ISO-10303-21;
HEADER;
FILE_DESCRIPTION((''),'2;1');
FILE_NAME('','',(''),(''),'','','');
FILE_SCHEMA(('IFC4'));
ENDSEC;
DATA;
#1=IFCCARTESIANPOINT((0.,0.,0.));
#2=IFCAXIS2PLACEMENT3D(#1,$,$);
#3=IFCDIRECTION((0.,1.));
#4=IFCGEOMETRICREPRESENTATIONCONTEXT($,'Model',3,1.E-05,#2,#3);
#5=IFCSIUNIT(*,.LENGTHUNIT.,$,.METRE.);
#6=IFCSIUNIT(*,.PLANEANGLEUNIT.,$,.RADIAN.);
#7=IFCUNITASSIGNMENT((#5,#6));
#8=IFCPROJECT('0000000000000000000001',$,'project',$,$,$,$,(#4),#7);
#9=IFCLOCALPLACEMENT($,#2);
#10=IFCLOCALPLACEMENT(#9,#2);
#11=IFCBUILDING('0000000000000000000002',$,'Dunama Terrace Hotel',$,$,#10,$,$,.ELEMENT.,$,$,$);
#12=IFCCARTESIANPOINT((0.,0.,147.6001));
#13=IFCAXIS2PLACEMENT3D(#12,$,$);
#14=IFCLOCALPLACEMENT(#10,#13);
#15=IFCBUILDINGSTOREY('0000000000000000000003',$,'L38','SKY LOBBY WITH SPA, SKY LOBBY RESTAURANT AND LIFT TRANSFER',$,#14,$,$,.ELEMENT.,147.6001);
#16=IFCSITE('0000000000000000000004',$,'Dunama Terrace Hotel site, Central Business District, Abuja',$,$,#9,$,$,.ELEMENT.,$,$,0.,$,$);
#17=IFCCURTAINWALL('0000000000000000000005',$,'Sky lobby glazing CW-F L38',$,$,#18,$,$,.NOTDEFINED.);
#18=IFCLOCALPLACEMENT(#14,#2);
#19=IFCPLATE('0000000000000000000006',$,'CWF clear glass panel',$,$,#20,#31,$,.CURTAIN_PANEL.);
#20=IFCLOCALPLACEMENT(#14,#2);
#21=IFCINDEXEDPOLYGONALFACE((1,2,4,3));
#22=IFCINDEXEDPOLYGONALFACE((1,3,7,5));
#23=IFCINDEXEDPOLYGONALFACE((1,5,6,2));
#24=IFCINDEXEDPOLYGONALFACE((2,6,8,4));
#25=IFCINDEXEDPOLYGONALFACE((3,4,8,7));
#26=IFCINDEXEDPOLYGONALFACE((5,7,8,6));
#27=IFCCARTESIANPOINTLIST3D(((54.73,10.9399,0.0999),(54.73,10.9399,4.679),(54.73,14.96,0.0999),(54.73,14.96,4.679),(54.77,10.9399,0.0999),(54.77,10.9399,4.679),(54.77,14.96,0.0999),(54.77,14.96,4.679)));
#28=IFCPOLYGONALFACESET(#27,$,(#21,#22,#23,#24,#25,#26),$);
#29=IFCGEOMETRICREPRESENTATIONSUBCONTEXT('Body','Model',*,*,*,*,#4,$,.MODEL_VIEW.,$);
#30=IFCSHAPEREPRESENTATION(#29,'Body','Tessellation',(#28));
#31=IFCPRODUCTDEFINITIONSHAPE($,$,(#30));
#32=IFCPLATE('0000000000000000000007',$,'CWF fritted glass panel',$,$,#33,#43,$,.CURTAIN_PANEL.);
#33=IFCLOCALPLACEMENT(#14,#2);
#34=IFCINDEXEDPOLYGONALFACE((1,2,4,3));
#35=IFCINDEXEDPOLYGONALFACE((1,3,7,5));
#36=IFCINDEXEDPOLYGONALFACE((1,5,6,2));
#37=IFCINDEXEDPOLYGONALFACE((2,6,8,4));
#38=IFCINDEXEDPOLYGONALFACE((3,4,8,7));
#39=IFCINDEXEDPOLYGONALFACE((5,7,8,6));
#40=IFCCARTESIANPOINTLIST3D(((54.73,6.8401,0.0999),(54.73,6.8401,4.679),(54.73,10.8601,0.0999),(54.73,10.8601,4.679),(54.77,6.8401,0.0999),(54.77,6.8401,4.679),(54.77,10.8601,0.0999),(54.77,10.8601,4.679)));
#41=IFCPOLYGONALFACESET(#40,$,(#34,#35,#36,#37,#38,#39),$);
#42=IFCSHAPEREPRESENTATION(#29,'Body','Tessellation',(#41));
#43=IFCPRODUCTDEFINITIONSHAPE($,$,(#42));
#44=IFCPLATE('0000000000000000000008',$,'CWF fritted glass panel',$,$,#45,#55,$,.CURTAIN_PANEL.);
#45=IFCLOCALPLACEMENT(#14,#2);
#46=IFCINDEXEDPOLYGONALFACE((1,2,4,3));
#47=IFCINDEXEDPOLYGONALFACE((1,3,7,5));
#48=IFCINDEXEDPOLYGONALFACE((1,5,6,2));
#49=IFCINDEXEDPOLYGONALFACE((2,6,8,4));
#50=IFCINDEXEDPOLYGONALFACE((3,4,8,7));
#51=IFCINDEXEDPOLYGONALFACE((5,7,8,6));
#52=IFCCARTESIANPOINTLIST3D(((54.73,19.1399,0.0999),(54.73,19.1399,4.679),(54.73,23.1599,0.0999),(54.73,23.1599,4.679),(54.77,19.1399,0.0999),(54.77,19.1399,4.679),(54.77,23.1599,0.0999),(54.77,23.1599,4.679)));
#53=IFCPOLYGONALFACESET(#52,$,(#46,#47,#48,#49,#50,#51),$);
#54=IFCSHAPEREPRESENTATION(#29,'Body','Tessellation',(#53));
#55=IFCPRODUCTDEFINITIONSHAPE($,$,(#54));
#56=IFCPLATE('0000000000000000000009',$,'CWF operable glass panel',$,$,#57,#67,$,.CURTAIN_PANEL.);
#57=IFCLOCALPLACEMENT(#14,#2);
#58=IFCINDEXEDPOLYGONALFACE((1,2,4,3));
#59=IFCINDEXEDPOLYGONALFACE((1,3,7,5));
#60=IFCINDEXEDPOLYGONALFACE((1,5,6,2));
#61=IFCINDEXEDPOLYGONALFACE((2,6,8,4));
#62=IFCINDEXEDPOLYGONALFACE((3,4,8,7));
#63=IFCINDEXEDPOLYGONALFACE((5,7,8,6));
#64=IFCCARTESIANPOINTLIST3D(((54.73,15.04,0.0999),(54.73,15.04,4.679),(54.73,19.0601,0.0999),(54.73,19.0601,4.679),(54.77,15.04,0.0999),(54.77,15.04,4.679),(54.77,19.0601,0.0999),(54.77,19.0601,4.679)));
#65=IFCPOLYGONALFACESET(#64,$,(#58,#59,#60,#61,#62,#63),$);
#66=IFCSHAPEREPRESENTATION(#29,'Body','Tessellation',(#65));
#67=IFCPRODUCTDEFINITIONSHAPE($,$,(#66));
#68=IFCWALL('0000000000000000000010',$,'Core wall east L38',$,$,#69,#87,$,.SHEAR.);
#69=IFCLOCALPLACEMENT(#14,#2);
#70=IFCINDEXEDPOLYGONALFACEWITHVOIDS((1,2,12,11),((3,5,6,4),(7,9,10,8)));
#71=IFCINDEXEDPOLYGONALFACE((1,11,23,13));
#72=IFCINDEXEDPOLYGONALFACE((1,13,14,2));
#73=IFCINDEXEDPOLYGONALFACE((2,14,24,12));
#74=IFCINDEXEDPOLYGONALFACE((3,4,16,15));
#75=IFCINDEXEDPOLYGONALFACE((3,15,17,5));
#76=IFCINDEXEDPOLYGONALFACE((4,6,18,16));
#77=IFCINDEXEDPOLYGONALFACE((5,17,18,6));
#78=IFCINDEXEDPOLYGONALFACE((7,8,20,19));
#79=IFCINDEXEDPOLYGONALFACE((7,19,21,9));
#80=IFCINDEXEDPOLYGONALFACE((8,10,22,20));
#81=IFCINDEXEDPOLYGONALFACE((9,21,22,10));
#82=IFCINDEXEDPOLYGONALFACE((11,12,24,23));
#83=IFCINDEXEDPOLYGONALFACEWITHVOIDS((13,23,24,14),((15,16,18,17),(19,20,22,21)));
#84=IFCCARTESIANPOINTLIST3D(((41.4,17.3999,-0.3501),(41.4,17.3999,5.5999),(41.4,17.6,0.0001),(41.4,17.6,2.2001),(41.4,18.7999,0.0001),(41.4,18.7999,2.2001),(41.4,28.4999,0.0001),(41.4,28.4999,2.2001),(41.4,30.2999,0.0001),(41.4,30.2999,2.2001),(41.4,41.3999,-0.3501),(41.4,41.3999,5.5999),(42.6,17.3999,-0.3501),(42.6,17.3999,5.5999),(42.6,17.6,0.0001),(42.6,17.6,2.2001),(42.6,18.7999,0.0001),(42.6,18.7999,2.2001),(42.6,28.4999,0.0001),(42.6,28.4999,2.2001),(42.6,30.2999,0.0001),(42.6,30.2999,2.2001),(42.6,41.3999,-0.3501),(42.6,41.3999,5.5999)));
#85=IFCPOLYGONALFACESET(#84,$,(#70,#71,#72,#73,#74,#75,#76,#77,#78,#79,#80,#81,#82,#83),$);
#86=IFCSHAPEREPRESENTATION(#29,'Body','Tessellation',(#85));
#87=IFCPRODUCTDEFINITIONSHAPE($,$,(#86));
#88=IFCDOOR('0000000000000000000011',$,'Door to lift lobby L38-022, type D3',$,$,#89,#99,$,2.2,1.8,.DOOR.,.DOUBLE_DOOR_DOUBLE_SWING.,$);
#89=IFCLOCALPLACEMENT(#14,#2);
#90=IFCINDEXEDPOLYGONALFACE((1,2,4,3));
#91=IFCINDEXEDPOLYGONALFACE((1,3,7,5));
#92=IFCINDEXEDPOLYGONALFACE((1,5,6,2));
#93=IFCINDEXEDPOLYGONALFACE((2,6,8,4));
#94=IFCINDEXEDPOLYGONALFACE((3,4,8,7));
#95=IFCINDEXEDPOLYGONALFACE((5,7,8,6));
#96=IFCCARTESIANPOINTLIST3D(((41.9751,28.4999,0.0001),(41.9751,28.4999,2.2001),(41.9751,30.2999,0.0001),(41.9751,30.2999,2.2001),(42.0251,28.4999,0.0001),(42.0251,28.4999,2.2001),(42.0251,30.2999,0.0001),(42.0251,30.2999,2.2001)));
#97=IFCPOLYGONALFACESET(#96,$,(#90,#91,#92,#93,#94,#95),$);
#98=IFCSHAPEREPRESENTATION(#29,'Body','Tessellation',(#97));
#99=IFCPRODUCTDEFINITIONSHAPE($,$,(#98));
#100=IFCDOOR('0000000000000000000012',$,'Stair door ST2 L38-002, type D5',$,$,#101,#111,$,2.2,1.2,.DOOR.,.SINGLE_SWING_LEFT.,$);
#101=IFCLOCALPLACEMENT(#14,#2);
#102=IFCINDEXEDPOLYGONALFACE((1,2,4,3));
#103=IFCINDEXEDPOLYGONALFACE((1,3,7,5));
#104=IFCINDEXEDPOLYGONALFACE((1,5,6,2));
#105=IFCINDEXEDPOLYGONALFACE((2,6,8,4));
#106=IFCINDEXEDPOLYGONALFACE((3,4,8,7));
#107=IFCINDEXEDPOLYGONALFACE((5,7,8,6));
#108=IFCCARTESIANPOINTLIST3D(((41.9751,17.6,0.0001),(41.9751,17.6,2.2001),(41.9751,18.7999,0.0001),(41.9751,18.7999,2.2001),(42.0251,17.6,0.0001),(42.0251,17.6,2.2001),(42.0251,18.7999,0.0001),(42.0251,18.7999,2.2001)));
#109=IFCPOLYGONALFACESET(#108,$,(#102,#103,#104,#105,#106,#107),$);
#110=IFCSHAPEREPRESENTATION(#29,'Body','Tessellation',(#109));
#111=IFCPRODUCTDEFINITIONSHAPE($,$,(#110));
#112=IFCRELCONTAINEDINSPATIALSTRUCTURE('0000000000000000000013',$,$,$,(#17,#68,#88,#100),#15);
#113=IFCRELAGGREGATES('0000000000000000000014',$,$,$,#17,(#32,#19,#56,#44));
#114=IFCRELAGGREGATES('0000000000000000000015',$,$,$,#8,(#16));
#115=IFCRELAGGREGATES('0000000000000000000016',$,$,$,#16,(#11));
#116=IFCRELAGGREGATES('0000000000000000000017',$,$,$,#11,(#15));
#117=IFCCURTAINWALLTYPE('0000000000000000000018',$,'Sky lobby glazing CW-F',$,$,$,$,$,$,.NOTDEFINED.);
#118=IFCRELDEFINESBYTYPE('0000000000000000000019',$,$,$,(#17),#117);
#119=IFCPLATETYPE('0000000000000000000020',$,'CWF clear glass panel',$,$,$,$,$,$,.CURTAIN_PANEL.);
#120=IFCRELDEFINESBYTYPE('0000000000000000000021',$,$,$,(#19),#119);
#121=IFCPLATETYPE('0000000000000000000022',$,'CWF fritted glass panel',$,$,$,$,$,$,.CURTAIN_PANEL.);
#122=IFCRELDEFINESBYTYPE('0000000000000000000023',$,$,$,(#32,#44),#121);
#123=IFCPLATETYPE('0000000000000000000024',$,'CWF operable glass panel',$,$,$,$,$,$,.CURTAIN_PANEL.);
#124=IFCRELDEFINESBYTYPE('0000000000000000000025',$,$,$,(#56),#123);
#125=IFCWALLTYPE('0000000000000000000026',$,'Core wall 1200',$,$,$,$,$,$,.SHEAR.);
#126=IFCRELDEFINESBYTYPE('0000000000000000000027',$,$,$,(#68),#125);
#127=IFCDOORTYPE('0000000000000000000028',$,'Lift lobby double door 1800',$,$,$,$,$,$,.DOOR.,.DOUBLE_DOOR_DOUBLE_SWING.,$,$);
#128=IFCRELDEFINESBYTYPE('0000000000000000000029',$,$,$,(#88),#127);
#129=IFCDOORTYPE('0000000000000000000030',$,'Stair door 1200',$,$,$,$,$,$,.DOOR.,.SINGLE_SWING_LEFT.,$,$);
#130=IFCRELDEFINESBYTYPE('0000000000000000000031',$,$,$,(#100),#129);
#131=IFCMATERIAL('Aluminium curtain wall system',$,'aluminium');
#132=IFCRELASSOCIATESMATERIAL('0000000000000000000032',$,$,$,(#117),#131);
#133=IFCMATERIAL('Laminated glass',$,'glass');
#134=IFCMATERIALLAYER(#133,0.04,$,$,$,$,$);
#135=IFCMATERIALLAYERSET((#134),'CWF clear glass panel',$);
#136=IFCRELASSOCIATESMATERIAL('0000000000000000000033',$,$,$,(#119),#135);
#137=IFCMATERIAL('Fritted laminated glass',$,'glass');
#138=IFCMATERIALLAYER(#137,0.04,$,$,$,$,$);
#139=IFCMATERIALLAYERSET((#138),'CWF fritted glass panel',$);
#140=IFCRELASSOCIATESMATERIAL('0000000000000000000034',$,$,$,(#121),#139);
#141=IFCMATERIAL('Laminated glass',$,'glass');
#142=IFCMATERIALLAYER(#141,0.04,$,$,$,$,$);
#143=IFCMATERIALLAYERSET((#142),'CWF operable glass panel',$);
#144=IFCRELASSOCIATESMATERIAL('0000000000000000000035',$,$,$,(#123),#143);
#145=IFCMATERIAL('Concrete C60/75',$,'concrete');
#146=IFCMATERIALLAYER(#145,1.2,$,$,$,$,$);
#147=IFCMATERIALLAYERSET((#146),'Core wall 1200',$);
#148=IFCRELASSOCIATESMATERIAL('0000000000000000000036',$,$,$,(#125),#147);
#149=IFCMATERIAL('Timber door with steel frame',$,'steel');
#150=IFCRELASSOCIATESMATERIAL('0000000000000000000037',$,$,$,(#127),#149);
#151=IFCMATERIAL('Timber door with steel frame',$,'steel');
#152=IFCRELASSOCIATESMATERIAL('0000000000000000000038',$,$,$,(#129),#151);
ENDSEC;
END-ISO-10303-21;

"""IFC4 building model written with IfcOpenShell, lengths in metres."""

from ifc_helpers import new_model, si_unit, direction, frame, frame_2d, origin, origin_2d, place, context, subcontext, project, spatial, rectangle, extrude, material, layer, layer_set, type_object, element, fill, aggregate, save


model = new_model("IFC4")

# Units and contexts
model_context = context("Model", 3, precision=1e-05, world=origin(), true_north=direction((0.0, 1.0)))
body_context = subcontext(model_context, "Body", "Model", "MODEL_VIEW")
ifc_project = project(units=[si_unit("LENGTHUNIT", "METRE"), si_unit("PLANEANGLEUNIT", "RADIAN")], contexts=[model_context])

# Site, building, storey
site_placement = place(None, origin())
site = spatial("IfcSite", under=ifc_project, at=site_placement, Name="Dunama Terrace Hotel site, Central Business District, Abuja", CompositionType="ELEMENT", RefElevation=0.0)
building_placement = place(site_placement, origin())
building = spatial("IfcBuilding", under=site, at=building_placement, Name="Dunama Terrace Hotel", CompositionType="ELEMENT")
storey_placement = place(building_placement, frame((0.0, 0.0, 147.6001)))
storey = spatial("IfcBuildingStorey", under=building, at=storey_placement, Name="L38", Description="SKY LOBBY WITH SPA, SKY LOBBY RESTAURANT AND LIFT TRANSFER", CompositionType="ELEMENT", Elevation=147.6001)

# Curtain wall, plates
ifc_material_1 = material(Name="Aluminium curtain wall system", Category="aluminium")
curtain_wall_type = type_object("IfcCurtainWallType", Name="Sky lobby glazing CW-F", PredefinedType="NOTDEFINED", material=ifc_material_1)
curtain_wall_placement = place(storey_placement, origin())
curtain_wall = element("IfcCurtainWall", 1, at=curtain_wall_placement, inside=storey, type_object=curtain_wall_type, Name="Sky lobby glazing CW-F L38", PredefinedType="NOTDEFINED")
ifc_material_2 = material(Name="Laminated glass", Category="glass")
ifc_layer_1 = layer(ifc_material_2, 0.04)
ifc_layer_set_1 = layer_set([ifc_layer_1], Name="CWF clear glass panel")
plate_type_1 = type_object("IfcPlateType", Name="CWF clear glass panel", PredefinedType="CURTAIN_PANEL", material=ifc_layer_set_1)
plate_1_placement = place(storey_placement, frame((54.75, 12.95, 0.0999), z_axis=(0.0, 0.0, 1.0), x_axis=(0.0, 1.0, 0.0)))
plate_1 = element("IfcPlate", 2, at=plate_1_placement, type_object=plate_type_1, Name="CWF clear glass panel", PredefinedType="CURTAIN_PANEL", context=body_context, shape_type="SweptSolid", body=[
    extrude(rectangle(XDim=4.02, YDim=0.04, at=origin_2d()), origin(), (0.0, 0.0, 1.0), 4.5791),
])
ifc_material_3 = material(Name="Fritted laminated glass", Category="glass")
ifc_layer_2 = layer(ifc_material_3, 0.04)
ifc_layer_set_2 = layer_set([ifc_layer_2], Name="CWF fritted glass panel")
plate_type_2 = type_object("IfcPlateType", Name="CWF fritted glass panel", PredefinedType="CURTAIN_PANEL", material=ifc_layer_set_2)
plate_2_placement = place(storey_placement, frame((54.75, 8.8501, 0.0999), z_axis=(0.0, 0.0, 1.0), x_axis=(0.0, 1.0, 0.0)))
plate_2 = element("IfcPlate", 3, at=plate_2_placement, type_object=plate_type_2, Name="CWF fritted glass panel", PredefinedType="CURTAIN_PANEL", context=body_context, shape_type="SweptSolid", body=[
    extrude(rectangle(XDim=4.02, YDim=0.04, at=origin_2d()), origin(), (0.0, 0.0, 1.0), 4.5791),
])
plate_3_placement = place(storey_placement, frame((54.75, 21.1499, 0.0999), z_axis=(0.0, 0.0, 1.0), x_axis=(0.0, 1.0, 0.0)))
plate_3 = element("IfcPlate", 4, at=plate_3_placement, type_object=plate_type_2, Name="CWF fritted glass panel", PredefinedType="CURTAIN_PANEL", context=body_context, shape_type="SweptSolid", body=[
    extrude(rectangle(XDim=4.02, YDim=0.04, at=origin_2d()), origin(), (0.0, 0.0, 1.0), 4.5791),
])
ifc_material_4 = material(Name="Laminated glass", Category="glass")
ifc_layer_3 = layer(ifc_material_4, 0.04)
ifc_layer_set_3 = layer_set([ifc_layer_3], Name="CWF operable glass panel")
plate_type_3 = type_object("IfcPlateType", Name="CWF operable glass panel", PredefinedType="CURTAIN_PANEL", material=ifc_layer_set_3)
plate_4_placement = place(storey_placement, frame((54.75, 17.05, 0.0999), z_axis=(0.0, 0.0, 1.0), x_axis=(0.0, 1.0, 0.0)))
plate_4 = element("IfcPlate", 5, at=plate_4_placement, type_object=plate_type_3, Name="CWF operable glass panel", PredefinedType="CURTAIN_PANEL", context=body_context, shape_type="SweptSolid", body=[
    extrude(rectangle(XDim=4.02, YDim=0.04, at=origin_2d()), origin(), (0.0, 0.0, 1.0), 4.5791),
])
aggregate(curtain_wall, [plate_2, plate_1, plate_4, plate_3])

# Wall, openings, doors
ifc_material_5 = material(Name="Concrete C60/75", Category="concrete")
ifc_layer_4 = layer(ifc_material_5, 1.2)
ifc_layer_set_4 = layer_set([ifc_layer_4], Name="Core wall 1200")
wall_type_1 = type_object("IfcWallType", Name="Core wall 1200", PredefinedType="SHEAR", material=ifc_layer_set_4)
wall_1_placement = place(storey_placement, frame((42.0, 17.3999, -0.3501), z_axis=(0.0, 0.0, 1.0), x_axis=(0.0, 1.0, 0.0)))
wall_1 = element("IfcWall", 6, at=wall_1_placement, inside=storey, type_object=wall_type_1, Name="Core wall east L38", PredefinedType="SHEAR", context=body_context, shape_type="SweptSolid", body=[
    extrude(rectangle(XDim=24.0, YDim=1.2, at=frame_2d((12.0, 0.0))), origin(), (0.0, 0.0, 1.0), 5.95),
])
opening_1_placement = place(wall_1_placement, frame((0.2, 0.0, 0.3501)))
opening_1 = element("IfcOpeningElement", 7, at=opening_1_placement, cuts=wall_1, PredefinedType="OPENING", context=body_context, shape_type="SweptSolid", body=[
    extrude(rectangle(XDim=1.2, YDim=2.2, at=frame_2d((0.6001, 1.1001))), frame((0.0, 0.6099, 0.0), z_axis=(0.0, -1.0, 0.0), x_axis=(1.0, 0.0, 0.0)), (0.0, 0.0, 1.0), 1.22),
])
opening_2_placement = place(wall_1_placement, frame((11.1001, 0.0, 0.3501)))
opening_2 = element("IfcOpeningElement", 8, at=opening_2_placement, cuts=wall_1, PredefinedType="OPENING", context=body_context, shape_type="SweptSolid", body=[
    extrude(rectangle(XDim=1.8, YDim=2.2, at=frame_2d((0.8999, 1.1001))), frame((0.0, 0.6099, 0.0), z_axis=(0.0, -1.0, 0.0), x_axis=(1.0, 0.0, 0.0)), (0.0, 0.0, 1.0), 1.22),
])
ifc_material_6 = material(Name="Timber door with steel frame", Category="steel")
door_type_1 = type_object("IfcDoorType", Name="Lift lobby double door 1800", OperationType="DOUBLE_DOOR_DOUBLE_SWING", PredefinedType="DOOR", material=ifc_material_6)
door_1_placement = place(opening_2_placement, origin())
door_1 = element("IfcDoor", 9, at=door_1_placement, inside=storey, type_object=door_type_1, Name="Door to lift lobby L38-022, type D3", OperationType="DOUBLE_DOOR_DOUBLE_SWING", OverallHeight=2.2, OverallWidth=1.8, PredefinedType="DOOR", context=body_context, shape_type="SweptSolid", body=[
    extrude(rectangle(XDim=1.8, YDim=2.2, at=frame_2d((0.8999, 1.1001))), frame((0.0, 0.0249, 0.0), z_axis=(0.0, -1.0, 0.0), x_axis=(1.0, 0.0, 0.0)), (0.0, 0.0, 1.0), 0.05),
])
fill(opening_2, door_1)
ifc_material_7 = material(Name="Timber door with steel frame", Category="steel")
door_type_2 = type_object("IfcDoorType", Name="Stair door 1200", OperationType="SINGLE_SWING_LEFT", PredefinedType="DOOR", material=ifc_material_7)
door_2_placement = place(opening_1_placement, origin())
door_2 = element("IfcDoor", 10, at=door_2_placement, inside=storey, type_object=door_type_2, Name="Stair door ST2 L38-002, type D5", OperationType="SINGLE_SWING_LEFT", OverallHeight=2.2, OverallWidth=1.2, PredefinedType="DOOR", context=body_context, shape_type="SweptSolid", body=[
    extrude(rectangle(XDim=1.2, YDim=2.2, at=frame_2d((0.6001, 1.1001))), frame((0.0, 0.0249, 0.0), z_axis=(0.0, -1.0, 0.0), x_axis=(1.0, 0.0, 0.0)), (0.0, 0.0, 1.0), 0.05),
])
fill(opening_1, door_2)

save(model, "model.ifc")
